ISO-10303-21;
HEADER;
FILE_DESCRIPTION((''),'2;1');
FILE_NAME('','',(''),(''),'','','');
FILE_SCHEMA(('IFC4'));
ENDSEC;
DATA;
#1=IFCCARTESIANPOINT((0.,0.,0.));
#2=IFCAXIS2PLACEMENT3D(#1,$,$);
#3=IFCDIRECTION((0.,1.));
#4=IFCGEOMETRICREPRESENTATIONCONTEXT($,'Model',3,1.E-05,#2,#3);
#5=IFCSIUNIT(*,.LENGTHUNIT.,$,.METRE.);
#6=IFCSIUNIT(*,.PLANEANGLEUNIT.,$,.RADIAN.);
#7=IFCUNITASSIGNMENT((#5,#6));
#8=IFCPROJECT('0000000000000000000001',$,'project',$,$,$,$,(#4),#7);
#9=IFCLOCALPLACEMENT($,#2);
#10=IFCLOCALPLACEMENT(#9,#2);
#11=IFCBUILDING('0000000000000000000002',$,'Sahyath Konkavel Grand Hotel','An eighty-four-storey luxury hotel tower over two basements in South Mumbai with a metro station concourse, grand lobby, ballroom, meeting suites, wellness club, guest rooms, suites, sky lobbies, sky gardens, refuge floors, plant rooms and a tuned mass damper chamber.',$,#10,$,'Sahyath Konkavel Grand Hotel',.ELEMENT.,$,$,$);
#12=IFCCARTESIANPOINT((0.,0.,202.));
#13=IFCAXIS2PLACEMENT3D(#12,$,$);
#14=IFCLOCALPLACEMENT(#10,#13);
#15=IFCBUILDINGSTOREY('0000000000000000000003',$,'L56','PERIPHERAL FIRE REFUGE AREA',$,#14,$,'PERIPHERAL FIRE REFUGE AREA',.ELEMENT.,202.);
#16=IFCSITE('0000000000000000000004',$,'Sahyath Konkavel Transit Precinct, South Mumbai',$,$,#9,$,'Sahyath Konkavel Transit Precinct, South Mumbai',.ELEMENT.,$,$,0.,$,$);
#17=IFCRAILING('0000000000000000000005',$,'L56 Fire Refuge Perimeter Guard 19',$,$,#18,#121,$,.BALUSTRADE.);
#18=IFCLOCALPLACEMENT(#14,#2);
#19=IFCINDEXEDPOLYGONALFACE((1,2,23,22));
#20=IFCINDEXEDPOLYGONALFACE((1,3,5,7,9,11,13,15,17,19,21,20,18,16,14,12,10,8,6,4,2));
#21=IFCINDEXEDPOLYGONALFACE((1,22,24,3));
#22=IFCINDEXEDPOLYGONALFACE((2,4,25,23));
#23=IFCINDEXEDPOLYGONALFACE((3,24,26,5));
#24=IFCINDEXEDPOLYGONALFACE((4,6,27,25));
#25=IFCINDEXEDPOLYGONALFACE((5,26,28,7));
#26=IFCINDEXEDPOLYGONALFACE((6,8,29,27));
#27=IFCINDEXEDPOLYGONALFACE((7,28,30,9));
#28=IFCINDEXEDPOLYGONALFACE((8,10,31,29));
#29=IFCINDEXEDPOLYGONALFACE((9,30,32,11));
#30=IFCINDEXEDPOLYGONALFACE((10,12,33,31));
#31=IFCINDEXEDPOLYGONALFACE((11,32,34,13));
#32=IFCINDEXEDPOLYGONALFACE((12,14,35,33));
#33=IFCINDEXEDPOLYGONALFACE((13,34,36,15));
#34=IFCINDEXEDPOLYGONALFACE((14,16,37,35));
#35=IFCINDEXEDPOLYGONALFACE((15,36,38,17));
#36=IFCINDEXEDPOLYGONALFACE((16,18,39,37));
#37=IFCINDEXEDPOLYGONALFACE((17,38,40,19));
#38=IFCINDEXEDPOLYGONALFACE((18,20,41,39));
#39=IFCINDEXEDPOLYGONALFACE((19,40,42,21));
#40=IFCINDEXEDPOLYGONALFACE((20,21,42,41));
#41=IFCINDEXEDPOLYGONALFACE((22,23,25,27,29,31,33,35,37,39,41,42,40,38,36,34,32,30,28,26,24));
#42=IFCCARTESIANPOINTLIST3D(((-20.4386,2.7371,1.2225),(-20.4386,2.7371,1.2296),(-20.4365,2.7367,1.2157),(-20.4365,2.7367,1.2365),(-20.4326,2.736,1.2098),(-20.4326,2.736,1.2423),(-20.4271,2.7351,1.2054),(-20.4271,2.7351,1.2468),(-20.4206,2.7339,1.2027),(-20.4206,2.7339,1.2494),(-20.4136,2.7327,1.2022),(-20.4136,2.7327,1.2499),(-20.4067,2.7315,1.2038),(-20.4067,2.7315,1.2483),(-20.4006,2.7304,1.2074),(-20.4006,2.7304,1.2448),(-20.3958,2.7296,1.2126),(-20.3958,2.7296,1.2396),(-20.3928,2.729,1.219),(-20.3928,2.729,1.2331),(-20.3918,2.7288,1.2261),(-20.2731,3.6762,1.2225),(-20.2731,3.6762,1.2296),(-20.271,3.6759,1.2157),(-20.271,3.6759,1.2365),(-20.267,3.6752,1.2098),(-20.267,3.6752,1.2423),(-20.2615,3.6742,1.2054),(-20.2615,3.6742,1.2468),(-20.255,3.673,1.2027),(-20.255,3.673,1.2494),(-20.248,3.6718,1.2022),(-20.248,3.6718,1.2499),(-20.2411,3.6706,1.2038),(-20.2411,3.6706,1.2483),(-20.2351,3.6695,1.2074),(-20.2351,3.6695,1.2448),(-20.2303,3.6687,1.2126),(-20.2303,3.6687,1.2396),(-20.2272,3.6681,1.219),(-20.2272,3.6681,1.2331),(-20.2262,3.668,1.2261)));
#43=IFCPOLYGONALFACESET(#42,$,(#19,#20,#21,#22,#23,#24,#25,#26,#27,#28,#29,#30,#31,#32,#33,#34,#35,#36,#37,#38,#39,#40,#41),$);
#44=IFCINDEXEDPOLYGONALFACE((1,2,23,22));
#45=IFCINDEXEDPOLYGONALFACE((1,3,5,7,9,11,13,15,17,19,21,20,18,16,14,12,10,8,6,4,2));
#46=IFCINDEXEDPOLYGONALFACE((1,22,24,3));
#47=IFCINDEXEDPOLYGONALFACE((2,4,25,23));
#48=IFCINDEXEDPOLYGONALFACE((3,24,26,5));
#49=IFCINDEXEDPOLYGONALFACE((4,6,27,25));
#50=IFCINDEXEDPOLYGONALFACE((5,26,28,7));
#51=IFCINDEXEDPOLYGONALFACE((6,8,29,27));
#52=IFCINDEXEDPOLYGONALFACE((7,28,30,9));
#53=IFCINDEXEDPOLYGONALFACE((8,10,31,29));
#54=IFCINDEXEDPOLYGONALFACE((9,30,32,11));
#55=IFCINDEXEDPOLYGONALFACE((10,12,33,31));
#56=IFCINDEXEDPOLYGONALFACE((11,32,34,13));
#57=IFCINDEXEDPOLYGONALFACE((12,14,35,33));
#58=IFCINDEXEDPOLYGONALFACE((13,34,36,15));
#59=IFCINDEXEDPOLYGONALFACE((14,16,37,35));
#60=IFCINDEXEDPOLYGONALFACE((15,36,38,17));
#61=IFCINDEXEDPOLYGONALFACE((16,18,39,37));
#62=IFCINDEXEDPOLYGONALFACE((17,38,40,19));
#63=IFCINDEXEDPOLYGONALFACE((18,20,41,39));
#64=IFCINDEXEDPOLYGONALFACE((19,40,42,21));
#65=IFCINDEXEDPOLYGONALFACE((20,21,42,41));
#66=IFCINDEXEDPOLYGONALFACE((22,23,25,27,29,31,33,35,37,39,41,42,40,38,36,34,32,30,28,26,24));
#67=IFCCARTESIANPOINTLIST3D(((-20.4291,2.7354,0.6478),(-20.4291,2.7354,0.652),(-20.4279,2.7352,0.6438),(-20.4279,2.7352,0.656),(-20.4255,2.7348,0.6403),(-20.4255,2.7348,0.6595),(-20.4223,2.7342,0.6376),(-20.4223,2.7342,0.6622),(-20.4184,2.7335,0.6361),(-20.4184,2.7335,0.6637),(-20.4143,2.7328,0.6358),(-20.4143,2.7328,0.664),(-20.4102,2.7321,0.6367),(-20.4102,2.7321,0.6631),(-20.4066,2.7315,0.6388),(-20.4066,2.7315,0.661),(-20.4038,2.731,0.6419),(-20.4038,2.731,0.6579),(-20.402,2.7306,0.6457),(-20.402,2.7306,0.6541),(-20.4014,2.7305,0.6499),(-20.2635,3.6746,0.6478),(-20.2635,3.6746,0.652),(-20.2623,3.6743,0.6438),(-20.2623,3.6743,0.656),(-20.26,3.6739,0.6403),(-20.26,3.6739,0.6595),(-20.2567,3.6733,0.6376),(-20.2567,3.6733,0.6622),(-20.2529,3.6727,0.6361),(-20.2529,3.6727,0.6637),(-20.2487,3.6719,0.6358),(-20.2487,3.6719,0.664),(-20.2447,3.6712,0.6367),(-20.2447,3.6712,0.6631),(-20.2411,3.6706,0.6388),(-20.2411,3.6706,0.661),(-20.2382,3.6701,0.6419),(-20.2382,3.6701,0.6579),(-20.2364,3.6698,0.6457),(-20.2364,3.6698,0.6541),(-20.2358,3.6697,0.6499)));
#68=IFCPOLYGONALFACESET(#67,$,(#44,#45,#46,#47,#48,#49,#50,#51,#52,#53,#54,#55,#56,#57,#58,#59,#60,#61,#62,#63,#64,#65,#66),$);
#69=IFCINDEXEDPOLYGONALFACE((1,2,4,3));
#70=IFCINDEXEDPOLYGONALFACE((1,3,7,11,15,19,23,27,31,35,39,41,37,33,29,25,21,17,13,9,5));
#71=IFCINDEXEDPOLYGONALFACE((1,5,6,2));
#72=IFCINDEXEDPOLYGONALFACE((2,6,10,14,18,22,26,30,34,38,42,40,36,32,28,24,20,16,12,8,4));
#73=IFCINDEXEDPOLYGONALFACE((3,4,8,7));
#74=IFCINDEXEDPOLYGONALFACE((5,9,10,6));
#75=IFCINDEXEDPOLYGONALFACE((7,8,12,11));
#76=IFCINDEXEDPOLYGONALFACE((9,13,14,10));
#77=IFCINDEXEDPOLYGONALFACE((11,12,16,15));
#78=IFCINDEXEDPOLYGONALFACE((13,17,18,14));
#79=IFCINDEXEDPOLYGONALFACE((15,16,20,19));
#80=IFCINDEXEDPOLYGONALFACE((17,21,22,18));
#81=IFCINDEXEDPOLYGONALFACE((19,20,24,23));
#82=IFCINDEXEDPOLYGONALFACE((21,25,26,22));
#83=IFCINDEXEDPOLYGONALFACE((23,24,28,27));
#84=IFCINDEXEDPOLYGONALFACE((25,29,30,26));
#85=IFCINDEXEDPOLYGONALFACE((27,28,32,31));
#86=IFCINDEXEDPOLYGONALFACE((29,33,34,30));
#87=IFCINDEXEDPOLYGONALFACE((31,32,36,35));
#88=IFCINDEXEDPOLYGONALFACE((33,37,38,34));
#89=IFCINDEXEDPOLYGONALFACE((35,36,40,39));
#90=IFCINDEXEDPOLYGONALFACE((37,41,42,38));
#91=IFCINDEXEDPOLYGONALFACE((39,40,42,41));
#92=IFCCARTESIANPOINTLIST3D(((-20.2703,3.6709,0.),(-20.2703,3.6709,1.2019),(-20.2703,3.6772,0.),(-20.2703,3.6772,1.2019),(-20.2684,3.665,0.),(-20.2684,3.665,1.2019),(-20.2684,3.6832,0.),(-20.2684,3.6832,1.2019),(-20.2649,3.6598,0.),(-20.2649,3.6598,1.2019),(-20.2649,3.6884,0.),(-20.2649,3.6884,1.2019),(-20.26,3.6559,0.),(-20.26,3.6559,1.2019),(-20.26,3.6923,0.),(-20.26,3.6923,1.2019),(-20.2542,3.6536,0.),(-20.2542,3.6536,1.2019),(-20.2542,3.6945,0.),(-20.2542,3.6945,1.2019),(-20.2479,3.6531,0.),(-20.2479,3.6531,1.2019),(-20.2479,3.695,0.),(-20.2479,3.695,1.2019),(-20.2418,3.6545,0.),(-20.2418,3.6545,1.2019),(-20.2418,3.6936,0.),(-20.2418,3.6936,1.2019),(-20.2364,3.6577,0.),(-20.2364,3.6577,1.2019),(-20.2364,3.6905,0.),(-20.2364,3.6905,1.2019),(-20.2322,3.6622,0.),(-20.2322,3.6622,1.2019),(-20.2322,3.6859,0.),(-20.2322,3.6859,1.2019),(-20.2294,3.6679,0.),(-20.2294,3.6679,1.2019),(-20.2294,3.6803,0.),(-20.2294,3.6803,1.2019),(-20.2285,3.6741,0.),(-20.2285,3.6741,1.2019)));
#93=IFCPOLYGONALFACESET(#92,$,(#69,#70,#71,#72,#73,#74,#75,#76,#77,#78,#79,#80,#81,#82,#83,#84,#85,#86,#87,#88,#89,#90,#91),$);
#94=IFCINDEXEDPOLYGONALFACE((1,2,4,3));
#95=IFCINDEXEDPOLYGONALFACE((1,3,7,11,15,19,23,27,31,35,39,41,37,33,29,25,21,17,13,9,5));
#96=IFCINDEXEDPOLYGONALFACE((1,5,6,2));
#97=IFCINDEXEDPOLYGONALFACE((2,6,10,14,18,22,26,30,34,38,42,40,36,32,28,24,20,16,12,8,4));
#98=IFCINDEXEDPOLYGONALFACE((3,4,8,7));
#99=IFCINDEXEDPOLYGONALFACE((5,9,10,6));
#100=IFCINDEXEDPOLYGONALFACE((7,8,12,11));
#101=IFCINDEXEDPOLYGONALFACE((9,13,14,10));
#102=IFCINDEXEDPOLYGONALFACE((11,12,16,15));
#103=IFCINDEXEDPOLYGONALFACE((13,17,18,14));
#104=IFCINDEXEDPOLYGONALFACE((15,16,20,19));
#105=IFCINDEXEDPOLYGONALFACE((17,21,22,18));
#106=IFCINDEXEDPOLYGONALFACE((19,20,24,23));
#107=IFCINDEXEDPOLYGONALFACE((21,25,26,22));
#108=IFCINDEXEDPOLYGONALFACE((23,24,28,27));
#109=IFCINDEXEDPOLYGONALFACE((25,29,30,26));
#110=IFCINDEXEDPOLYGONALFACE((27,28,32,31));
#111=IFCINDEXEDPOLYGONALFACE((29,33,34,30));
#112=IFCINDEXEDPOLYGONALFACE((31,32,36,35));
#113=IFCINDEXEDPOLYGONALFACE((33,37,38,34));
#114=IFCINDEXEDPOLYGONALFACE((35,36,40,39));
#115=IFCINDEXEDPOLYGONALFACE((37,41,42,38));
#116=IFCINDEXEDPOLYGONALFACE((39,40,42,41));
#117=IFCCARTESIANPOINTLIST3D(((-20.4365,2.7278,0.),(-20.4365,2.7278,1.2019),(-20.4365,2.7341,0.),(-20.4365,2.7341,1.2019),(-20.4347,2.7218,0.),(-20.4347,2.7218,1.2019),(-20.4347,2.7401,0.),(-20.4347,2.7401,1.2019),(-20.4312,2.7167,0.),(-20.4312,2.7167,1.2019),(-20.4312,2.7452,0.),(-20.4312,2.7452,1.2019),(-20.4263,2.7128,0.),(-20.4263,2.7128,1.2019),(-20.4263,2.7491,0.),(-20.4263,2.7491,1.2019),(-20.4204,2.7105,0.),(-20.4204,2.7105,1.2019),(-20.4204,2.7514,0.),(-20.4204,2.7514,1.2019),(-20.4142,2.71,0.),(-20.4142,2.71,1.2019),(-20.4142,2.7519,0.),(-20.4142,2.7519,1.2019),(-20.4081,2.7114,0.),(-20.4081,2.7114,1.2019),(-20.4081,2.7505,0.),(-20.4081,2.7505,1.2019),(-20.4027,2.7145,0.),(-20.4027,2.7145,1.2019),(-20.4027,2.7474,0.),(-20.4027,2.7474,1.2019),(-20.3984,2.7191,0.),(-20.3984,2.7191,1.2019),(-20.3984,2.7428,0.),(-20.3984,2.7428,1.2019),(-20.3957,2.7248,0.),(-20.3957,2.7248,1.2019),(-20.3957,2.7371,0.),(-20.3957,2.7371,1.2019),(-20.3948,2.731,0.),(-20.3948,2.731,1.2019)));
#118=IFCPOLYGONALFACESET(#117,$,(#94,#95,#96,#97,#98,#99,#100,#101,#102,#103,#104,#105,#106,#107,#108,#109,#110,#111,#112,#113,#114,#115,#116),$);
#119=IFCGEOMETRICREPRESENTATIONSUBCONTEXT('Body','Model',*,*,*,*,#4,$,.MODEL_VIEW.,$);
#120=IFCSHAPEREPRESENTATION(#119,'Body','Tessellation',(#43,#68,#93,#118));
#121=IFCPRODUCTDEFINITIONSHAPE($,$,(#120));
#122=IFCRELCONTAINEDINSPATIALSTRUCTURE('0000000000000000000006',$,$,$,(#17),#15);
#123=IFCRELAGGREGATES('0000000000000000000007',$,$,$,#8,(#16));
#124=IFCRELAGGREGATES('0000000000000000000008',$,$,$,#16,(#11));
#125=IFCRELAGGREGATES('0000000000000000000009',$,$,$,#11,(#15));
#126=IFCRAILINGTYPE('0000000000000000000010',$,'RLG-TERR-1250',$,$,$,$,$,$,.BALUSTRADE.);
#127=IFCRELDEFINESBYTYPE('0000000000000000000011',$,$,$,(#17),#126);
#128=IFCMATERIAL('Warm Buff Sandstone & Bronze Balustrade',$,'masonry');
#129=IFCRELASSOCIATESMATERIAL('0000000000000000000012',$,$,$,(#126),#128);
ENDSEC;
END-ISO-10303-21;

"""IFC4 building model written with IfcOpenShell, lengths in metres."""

from ifc_helpers import new_model, si_unit, direction, frame, origin, origin_2d, place, context, subcontext, project, spatial, circle, extrude, material, type_object, element, save


model = new_model("IFC4")

# Units and contexts
model_context = context("Model", 3, precision=1e-05, world=origin(), true_north=direction((0.0, 1.0)))
body_context = subcontext(model_context, "Body", "Model", "MODEL_VIEW")
ifc_project = project(units=[si_unit("LENGTHUNIT", "METRE"), si_unit("PLANEANGLEUNIT", "RADIAN")], contexts=[model_context])

# Site, building, storey
site_placement = place(None, origin())
site = spatial("IfcSite", under=ifc_project, at=site_placement, Name="Sahyath Konkavel Transit Precinct, South Mumbai", LongName="Sahyath Konkavel Transit Precinct, South Mumbai", CompositionType="ELEMENT", RefElevation=0.0)
building_placement = place(site_placement, origin())
building = spatial("IfcBuilding", under=site, at=building_placement, Name="Sahyath Konkavel Grand Hotel", Description="An eighty-four-storey luxury hotel tower over two basements in South Mumbai with a metro station concourse, grand lobby, ballroom, meeting suites, wellness club, guest rooms, suites, sky lobbies, sky gardens, refuge floors, plant rooms and a tuned mass damper chamber.", LongName="Sahyath Konkavel Grand Hotel", CompositionType="ELEMENT")
storey_placement = place(building_placement, frame((0.0, 0.0, 202.0)))
storey = spatial("IfcBuildingStorey", under=building, at=storey_placement, Name="L56", Description="PERIPHERAL FIRE REFUGE AREA", LongName="PERIPHERAL FIRE REFUGE AREA", CompositionType="ELEMENT", Elevation=202.0)

# Railing
ifc_material_1 = material(Name="Warm Buff Sandstone & Bronze Balustrade", Category="masonry")
railing_type = type_object("IfcRailingType", Name="RLG-TERR-1250", PredefinedType="BALUSTRADE", material=ifc_material_1)
railing_1_placement = place(storey_placement, frame((-20.2495, 3.6741, 0.0)))
element("IfcRailing", 1, at=railing_1_placement, inside=storey, type_object=railing_type, Name="L56 Fire Refuge Perimeter Guard 19", PredefinedType="BALUSTRADE", context=body_context, shape_type="SweptSolid", body=[
    extrude(circle(Radius=0.0239, at=origin_2d()), frame((-0.0002, -0.002, 1.2261), z_axis=(-0.173611, -0.984814, 0.0), x_axis=(0.984814, -0.173611, 0.0)), (0.0, 0.0, 1.0), 0.9536),
    extrude(circle(Radius=0.0142, at=origin_2d()), frame((-0.0002, -0.002, 0.6499), z_axis=(-0.173611, -0.984814, 0.0), x_axis=(0.984814, -0.173611, 0.0)), (0.0, 0.0, 1.0), 0.9536),
    extrude(circle(Radius=0.021, at=origin_2d()), origin(), (0.0, 0.0, 1.0), 1.2019),
    extrude(circle(Radius=0.021, at=origin_2d()), frame((-0.1663, -0.9431, 0.0)), (0.0, 0.0, 1.0), 1.2019),
])

save(model, "model.ifc")
